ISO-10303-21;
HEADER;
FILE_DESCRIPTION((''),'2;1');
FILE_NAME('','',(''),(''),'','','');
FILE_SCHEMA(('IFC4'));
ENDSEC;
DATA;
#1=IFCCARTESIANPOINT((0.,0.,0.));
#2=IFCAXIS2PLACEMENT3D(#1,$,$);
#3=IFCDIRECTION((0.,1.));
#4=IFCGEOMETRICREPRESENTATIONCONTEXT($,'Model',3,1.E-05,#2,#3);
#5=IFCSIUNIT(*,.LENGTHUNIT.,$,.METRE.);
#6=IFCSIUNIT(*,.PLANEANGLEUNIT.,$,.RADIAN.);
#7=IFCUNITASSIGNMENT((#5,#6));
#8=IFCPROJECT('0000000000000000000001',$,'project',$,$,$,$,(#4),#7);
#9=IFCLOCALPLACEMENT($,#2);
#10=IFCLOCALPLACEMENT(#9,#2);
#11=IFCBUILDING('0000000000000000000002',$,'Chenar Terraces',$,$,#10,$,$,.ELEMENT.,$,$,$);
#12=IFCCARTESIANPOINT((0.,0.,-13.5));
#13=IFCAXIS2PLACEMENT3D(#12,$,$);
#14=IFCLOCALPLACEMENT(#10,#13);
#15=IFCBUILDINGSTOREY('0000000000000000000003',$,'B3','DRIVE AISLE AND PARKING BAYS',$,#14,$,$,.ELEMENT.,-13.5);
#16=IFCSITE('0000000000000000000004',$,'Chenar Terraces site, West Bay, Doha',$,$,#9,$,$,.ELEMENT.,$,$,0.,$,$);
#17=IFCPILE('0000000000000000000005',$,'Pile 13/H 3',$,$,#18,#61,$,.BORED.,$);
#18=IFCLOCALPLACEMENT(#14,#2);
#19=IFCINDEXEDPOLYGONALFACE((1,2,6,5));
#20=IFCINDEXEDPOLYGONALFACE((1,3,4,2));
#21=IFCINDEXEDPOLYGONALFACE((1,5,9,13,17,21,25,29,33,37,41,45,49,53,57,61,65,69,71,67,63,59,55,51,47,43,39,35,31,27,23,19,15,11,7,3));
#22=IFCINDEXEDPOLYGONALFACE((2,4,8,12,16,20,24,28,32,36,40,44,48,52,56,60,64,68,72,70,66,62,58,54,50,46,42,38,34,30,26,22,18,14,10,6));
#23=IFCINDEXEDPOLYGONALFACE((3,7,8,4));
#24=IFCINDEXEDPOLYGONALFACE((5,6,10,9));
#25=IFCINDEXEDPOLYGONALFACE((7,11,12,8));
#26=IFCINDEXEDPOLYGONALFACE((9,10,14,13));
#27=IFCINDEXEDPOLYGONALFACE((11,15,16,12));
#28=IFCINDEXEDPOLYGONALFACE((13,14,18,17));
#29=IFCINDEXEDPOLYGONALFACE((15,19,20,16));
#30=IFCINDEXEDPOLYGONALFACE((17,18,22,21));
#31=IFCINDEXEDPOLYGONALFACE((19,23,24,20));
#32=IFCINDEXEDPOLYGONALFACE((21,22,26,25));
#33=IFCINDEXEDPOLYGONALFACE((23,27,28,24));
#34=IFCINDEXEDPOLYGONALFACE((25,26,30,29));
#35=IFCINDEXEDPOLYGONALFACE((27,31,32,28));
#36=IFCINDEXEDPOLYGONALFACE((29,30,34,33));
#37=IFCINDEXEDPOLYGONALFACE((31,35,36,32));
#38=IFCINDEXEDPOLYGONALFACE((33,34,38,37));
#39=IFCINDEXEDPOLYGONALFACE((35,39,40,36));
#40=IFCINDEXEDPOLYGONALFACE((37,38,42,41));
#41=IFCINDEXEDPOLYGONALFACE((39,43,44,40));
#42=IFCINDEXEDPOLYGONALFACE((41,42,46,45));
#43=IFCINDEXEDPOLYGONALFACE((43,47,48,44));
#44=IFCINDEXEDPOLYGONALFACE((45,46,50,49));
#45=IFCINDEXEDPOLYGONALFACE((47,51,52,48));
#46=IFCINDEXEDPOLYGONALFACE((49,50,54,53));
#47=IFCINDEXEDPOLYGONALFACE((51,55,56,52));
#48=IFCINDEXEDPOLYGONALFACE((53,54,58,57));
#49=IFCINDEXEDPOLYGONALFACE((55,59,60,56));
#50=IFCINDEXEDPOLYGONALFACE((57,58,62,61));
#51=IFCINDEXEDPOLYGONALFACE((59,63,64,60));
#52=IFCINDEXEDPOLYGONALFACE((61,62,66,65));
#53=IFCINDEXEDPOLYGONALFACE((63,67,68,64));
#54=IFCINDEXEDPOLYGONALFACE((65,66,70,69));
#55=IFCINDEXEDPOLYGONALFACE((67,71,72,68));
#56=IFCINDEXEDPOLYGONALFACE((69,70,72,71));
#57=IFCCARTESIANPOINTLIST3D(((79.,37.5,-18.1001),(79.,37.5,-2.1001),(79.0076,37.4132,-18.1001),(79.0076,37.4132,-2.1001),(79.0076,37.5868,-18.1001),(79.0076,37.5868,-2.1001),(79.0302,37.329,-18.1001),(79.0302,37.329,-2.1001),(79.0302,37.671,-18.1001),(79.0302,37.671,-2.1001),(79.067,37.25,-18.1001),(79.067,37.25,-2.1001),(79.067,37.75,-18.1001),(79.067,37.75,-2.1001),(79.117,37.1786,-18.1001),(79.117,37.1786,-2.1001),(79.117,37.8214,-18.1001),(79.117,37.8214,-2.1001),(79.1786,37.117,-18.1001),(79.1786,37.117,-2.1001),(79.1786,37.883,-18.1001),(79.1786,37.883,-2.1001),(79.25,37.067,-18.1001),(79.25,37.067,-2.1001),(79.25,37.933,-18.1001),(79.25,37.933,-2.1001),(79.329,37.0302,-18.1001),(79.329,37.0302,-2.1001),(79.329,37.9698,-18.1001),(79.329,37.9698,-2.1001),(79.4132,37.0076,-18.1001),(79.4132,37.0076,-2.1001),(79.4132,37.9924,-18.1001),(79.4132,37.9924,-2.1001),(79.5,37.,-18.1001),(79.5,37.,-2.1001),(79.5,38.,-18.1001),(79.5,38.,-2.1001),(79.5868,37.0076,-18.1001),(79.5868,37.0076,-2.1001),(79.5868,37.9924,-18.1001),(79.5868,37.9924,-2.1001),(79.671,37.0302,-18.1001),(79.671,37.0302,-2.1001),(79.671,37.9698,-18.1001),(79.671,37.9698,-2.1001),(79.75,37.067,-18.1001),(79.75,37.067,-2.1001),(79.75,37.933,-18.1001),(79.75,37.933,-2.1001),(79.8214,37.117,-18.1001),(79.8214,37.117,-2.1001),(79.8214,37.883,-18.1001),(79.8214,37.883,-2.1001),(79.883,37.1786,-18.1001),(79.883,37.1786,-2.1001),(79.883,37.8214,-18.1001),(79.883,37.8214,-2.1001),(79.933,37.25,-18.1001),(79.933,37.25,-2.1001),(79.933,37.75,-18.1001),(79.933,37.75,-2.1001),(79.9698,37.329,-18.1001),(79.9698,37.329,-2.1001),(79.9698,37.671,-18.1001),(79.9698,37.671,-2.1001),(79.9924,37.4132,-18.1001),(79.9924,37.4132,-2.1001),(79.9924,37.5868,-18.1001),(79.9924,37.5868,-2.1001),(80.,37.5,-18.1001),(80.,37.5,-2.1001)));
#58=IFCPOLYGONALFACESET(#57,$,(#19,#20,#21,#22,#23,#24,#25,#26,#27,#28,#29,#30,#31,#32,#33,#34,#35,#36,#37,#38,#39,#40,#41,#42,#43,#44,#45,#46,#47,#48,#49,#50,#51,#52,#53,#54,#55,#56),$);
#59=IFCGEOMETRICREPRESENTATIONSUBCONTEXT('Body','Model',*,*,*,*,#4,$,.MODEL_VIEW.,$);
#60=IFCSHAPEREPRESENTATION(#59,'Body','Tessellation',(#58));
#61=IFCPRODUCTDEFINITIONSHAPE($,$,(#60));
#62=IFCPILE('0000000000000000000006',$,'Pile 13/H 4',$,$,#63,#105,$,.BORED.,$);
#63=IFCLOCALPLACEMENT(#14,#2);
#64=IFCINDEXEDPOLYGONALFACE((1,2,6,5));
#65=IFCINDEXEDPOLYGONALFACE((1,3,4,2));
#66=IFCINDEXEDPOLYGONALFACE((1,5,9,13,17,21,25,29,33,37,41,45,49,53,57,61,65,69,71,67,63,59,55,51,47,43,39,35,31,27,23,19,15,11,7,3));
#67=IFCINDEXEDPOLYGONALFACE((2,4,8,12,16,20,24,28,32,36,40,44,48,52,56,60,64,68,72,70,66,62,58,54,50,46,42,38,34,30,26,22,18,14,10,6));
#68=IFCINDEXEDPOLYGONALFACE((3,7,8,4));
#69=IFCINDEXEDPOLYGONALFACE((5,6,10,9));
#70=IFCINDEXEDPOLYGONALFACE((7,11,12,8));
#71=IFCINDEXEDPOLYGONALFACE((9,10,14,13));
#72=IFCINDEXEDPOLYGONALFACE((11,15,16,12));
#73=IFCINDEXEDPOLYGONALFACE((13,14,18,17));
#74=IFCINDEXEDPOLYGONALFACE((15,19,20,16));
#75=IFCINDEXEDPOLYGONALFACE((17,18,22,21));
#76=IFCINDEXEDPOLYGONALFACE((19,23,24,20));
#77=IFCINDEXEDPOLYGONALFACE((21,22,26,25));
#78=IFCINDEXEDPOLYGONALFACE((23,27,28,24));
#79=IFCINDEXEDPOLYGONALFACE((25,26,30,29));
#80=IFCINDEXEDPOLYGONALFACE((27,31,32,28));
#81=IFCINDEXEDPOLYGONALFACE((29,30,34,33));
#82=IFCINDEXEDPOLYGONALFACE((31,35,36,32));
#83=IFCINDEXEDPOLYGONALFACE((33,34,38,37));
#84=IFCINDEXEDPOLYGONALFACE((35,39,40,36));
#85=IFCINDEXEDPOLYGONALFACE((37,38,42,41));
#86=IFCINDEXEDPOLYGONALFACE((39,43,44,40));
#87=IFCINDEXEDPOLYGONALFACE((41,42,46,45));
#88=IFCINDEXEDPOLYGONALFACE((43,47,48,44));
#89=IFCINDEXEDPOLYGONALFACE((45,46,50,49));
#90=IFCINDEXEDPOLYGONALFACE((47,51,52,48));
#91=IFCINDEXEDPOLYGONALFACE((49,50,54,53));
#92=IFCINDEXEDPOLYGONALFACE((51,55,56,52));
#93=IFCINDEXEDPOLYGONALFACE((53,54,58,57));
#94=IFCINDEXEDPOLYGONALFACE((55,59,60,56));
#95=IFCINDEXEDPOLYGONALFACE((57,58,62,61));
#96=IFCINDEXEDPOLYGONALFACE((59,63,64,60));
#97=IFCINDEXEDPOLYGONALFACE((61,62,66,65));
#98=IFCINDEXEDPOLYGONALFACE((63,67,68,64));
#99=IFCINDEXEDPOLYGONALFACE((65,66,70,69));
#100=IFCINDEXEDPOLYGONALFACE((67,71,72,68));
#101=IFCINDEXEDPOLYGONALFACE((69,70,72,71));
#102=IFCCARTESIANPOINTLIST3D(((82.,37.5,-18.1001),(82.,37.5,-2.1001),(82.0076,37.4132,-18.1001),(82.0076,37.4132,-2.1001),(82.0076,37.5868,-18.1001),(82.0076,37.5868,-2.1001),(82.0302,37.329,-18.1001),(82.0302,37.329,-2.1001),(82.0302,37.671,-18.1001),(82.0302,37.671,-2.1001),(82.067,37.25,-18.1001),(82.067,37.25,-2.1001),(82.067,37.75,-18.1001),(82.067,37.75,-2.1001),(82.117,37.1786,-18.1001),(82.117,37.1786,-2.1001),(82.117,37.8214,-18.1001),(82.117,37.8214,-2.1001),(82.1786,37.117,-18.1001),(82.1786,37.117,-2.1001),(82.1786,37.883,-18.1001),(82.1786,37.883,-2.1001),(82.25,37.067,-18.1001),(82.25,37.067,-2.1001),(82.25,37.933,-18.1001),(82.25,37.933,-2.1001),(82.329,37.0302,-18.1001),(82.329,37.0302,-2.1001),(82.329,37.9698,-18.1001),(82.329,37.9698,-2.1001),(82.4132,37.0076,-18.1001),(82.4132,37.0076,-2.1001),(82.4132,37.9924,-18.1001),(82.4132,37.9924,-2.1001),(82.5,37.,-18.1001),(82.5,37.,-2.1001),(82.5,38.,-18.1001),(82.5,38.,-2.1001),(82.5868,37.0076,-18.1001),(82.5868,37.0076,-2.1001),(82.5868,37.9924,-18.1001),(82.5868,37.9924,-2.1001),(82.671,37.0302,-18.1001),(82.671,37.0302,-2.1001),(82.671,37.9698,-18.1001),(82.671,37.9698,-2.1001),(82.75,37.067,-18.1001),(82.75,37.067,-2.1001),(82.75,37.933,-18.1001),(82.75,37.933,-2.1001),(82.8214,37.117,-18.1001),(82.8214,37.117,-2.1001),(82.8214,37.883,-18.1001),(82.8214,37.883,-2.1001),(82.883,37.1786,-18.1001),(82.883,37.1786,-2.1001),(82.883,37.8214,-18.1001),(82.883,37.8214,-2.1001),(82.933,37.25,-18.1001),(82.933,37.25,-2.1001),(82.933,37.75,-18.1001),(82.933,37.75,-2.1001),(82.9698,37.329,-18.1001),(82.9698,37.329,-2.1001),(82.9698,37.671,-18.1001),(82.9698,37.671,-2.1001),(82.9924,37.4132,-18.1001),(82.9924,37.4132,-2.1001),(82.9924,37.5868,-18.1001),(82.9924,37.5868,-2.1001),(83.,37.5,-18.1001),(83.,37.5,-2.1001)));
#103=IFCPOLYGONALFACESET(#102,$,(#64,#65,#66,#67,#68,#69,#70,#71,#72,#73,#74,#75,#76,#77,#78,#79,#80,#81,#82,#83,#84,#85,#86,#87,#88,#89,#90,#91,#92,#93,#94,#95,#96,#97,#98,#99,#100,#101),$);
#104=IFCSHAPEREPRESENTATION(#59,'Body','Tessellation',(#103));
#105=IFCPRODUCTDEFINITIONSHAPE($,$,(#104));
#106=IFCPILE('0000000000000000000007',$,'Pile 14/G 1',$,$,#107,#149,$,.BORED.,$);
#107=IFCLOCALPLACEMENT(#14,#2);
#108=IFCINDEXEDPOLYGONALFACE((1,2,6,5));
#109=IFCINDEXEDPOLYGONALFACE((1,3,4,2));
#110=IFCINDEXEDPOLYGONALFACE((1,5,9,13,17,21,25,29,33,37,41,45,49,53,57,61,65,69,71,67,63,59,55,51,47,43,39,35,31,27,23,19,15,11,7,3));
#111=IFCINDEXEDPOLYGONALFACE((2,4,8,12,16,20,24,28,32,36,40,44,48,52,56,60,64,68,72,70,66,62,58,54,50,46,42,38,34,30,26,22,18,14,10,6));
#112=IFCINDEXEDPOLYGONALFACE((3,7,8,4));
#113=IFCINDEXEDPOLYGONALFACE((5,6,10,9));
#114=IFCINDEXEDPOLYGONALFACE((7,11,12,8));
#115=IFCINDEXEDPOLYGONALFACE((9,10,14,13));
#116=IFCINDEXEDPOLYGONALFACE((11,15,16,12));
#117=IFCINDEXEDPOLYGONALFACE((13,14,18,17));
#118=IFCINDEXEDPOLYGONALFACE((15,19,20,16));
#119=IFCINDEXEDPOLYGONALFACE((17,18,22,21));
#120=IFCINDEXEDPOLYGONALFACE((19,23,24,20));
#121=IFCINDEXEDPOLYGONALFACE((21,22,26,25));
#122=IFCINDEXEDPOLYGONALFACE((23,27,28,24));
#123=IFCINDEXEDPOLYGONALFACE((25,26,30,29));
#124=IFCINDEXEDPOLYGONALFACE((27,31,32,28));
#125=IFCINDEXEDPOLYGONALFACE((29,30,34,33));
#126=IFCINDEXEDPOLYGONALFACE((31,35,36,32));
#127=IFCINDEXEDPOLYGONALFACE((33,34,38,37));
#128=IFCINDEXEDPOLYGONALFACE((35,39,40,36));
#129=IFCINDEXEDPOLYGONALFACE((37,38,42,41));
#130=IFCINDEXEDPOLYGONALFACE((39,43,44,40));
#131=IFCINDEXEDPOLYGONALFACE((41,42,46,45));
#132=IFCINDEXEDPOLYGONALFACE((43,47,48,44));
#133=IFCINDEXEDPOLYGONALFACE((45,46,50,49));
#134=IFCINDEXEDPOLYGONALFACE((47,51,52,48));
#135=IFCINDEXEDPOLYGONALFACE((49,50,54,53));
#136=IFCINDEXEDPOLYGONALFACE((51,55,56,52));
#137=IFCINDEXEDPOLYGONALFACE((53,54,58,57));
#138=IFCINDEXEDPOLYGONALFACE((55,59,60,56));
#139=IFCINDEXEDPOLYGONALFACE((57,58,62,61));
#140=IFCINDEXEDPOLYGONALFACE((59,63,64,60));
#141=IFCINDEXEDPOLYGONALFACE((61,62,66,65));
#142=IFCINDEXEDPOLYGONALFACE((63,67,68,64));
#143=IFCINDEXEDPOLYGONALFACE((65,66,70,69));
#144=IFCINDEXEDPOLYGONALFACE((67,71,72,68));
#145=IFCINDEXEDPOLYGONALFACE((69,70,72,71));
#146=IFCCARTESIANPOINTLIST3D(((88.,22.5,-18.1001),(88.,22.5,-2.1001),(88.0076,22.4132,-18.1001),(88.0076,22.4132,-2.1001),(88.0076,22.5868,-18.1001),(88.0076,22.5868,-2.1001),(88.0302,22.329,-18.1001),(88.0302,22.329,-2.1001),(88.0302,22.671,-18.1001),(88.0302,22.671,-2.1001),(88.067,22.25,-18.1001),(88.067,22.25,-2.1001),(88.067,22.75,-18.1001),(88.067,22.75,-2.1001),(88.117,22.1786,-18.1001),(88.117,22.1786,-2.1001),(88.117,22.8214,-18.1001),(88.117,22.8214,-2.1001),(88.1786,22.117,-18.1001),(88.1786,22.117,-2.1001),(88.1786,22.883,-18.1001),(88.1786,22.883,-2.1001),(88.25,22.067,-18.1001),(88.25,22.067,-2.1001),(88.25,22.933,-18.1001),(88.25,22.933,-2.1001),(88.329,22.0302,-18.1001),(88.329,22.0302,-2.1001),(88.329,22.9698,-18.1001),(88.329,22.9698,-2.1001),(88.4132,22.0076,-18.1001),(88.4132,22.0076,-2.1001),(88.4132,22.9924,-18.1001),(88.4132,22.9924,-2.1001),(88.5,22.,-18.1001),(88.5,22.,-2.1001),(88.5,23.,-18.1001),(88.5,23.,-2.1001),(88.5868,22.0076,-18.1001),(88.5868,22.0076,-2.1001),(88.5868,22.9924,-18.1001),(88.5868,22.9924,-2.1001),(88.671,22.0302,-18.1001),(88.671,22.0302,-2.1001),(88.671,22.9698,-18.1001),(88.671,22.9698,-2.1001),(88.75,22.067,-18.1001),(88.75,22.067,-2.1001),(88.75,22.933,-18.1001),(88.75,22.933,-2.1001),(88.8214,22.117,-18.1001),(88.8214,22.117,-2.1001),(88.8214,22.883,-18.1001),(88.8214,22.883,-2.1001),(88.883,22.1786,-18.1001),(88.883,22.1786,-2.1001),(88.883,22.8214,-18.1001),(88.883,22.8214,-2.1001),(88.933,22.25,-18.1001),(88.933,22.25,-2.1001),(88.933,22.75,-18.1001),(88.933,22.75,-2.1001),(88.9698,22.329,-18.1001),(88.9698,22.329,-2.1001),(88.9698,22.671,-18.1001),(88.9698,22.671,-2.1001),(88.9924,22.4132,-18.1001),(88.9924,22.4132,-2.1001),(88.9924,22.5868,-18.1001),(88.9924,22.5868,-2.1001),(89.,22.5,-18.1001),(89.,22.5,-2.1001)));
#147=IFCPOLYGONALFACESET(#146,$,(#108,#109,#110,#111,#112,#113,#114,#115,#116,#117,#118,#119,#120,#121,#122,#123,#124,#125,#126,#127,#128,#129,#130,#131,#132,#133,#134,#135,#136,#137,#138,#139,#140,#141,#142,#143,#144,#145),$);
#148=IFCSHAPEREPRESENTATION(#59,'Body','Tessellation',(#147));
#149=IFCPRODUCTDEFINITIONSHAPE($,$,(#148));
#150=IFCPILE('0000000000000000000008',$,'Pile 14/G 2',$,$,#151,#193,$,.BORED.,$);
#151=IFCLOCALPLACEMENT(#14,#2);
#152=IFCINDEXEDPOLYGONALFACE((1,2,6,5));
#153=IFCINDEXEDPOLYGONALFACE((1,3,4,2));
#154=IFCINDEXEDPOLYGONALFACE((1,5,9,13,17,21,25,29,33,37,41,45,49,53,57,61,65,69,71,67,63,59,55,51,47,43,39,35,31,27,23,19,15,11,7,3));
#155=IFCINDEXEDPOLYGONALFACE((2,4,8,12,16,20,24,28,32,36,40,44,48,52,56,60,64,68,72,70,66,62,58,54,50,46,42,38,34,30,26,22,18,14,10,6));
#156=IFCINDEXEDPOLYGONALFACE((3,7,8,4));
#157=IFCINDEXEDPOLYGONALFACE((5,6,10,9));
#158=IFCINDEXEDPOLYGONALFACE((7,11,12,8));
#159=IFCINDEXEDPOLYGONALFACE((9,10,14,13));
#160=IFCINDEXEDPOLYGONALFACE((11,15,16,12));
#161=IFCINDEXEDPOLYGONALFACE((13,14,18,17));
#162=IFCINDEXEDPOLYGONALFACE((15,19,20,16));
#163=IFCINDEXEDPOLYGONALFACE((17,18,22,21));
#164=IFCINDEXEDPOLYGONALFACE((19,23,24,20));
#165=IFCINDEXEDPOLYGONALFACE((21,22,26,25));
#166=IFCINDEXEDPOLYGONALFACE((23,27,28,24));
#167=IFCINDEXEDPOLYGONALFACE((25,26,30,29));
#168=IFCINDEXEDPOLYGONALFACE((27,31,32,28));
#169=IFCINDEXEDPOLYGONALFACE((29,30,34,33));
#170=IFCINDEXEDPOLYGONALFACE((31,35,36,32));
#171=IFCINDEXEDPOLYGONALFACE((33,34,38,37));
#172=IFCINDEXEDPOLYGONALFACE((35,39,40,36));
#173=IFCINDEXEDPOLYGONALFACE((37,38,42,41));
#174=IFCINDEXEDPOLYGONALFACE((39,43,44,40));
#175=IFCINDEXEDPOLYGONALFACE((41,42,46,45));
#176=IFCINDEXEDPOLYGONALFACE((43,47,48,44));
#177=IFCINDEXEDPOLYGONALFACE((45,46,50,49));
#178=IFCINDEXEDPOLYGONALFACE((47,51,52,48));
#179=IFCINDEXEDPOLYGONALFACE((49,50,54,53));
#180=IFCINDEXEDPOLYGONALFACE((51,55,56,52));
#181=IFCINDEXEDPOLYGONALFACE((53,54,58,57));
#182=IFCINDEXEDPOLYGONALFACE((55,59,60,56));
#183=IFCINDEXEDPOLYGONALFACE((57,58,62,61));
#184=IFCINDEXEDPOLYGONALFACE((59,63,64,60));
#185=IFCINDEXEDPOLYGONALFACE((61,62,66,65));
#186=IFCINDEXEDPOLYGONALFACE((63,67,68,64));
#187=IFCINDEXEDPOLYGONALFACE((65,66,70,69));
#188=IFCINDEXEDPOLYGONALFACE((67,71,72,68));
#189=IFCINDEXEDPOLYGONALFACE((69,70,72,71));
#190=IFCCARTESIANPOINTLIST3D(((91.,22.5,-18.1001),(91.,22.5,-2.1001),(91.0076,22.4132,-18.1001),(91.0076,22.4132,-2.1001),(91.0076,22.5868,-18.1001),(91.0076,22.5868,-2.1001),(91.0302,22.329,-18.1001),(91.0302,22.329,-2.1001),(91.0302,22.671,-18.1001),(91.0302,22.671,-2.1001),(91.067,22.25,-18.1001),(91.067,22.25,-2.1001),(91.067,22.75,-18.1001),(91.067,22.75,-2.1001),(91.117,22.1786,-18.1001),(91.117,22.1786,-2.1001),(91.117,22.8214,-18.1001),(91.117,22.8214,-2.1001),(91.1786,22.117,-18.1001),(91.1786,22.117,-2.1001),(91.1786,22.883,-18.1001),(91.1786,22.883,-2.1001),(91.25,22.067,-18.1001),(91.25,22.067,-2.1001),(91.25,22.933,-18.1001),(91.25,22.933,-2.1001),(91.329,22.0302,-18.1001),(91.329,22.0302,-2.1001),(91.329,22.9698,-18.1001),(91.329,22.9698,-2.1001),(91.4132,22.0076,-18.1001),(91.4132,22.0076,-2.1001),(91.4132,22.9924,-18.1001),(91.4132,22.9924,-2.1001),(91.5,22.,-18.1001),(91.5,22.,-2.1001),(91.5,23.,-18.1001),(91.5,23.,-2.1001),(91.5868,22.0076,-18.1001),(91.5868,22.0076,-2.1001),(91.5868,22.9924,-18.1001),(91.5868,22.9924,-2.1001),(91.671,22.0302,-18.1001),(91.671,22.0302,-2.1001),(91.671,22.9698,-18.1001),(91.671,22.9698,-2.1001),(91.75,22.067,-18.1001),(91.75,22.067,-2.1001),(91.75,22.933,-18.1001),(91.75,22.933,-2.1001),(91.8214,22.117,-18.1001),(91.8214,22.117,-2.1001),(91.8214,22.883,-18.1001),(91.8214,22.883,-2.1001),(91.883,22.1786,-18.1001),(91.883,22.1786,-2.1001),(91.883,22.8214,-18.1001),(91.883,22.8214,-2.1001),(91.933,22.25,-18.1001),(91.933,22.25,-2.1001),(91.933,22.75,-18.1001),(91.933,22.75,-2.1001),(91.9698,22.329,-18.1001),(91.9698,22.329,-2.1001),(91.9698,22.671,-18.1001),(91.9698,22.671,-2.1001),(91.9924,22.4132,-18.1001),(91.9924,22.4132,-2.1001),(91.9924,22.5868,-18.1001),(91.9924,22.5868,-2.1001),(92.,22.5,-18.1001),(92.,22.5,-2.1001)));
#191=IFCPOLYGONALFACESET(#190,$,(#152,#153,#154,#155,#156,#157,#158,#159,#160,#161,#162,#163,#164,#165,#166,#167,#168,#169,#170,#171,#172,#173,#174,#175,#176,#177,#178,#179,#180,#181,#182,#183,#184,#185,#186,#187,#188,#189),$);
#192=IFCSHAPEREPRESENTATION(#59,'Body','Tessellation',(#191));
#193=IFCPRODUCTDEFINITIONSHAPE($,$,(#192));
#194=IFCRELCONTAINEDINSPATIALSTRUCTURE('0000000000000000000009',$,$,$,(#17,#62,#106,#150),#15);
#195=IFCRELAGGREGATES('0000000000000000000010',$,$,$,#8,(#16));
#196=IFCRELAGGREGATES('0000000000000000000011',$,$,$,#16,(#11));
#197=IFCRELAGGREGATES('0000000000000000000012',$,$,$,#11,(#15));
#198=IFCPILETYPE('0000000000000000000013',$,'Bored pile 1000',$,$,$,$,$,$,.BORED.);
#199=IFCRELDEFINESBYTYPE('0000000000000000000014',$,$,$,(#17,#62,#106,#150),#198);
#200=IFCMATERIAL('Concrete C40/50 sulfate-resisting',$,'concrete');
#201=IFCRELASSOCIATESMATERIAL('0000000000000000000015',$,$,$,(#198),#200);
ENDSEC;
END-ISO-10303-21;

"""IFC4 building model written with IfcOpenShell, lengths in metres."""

from ifc_helpers import new_model, si_unit, direction, frame, origin, origin_2d, place, context, subcontext, project, spatial, circle, extrude, material, material_profile, profile_set, type_object, element, save


model = new_model("IFC4")

# Units and contexts
model_context = context("Model", 3, precision=1e-05, world=origin(), true_north=direction((0.0, 1.0)))
body_context = subcontext(model_context, "Body", "Model", "MODEL_VIEW")
ifc_project = project(units=[si_unit("LENGTHUNIT", "METRE"), si_unit("PLANEANGLEUNIT", "RADIAN")], contexts=[model_context])

# Site, building, storey
site_placement = place(None, origin())
site = spatial("IfcSite", under=ifc_project, at=site_placement, Name="Chenar Terraces site, West Bay, Doha", CompositionType="ELEMENT", RefElevation=0.0)
building_placement = place(site_placement, origin())
building = spatial("IfcBuilding", under=site, at=building_placement, Name="Chenar Terraces", CompositionType="ELEMENT")
storey_placement = place(building_placement, frame((0.0, 0.0, -13.5)))
storey = spatial("IfcBuildingStorey", under=building, at=storey_placement, Name="B3", Description="DRIVE AISLE AND PARKING BAYS", CompositionType="ELEMENT", Elevation=-13.5)

# Piles
ifc_material_1 = material(Name="Concrete C40/50 sulfate-resisting", Category="concrete")
ifc_material_profile_1 = material_profile(ifc_material_1, circle(Radius=0.5, at=origin_2d()), Name="BP 1000")
ifc_profile_set_1 = profile_set([ifc_material_profile_1], Name="Concrete C40/50 sulfate-resisting")
pile_type_1 = type_object("IfcPileType", Name="Bored pile 1000", PredefinedType="BORED", material=ifc_profile_set_1)
for number, where, z_axis, x_axis, name in (
    (1, (79.5, 37.5, -2.1001), (0.0, 0.0, -1.0), (1.0, 0.0, 0.0), "Pile 13/H 3"),
    (2, (82.5, 37.5, -2.1001), (0.0, 0.0, -1.0), (1.0, 0.0, 0.0), "Pile 13/H 4"),
    (3, (88.5, 22.5, -2.1001), (0.0, 0.0, -1.0), (1.0, 0.0, 0.0), "Pile 14/G 1"),
    (4, (91.5, 22.5, -2.1001), (0.0, 0.0, -1.0), (1.0, 0.0, 0.0), "Pile 14/G 2"),
):
    element("IfcPile", number, at=place(storey_placement, frame(where, z_axis=z_axis, x_axis=x_axis)), inside=storey, type_object=pile_type_1, Name=name, PredefinedType="BORED", context=body_context, shape_type="SweptSolid", body=[
        extrude(circle(Radius=0.5, at=origin_2d()), origin(), (0.0, 0.0, 1.0), 16.0),
    ])

save(model, "model.ifc")
